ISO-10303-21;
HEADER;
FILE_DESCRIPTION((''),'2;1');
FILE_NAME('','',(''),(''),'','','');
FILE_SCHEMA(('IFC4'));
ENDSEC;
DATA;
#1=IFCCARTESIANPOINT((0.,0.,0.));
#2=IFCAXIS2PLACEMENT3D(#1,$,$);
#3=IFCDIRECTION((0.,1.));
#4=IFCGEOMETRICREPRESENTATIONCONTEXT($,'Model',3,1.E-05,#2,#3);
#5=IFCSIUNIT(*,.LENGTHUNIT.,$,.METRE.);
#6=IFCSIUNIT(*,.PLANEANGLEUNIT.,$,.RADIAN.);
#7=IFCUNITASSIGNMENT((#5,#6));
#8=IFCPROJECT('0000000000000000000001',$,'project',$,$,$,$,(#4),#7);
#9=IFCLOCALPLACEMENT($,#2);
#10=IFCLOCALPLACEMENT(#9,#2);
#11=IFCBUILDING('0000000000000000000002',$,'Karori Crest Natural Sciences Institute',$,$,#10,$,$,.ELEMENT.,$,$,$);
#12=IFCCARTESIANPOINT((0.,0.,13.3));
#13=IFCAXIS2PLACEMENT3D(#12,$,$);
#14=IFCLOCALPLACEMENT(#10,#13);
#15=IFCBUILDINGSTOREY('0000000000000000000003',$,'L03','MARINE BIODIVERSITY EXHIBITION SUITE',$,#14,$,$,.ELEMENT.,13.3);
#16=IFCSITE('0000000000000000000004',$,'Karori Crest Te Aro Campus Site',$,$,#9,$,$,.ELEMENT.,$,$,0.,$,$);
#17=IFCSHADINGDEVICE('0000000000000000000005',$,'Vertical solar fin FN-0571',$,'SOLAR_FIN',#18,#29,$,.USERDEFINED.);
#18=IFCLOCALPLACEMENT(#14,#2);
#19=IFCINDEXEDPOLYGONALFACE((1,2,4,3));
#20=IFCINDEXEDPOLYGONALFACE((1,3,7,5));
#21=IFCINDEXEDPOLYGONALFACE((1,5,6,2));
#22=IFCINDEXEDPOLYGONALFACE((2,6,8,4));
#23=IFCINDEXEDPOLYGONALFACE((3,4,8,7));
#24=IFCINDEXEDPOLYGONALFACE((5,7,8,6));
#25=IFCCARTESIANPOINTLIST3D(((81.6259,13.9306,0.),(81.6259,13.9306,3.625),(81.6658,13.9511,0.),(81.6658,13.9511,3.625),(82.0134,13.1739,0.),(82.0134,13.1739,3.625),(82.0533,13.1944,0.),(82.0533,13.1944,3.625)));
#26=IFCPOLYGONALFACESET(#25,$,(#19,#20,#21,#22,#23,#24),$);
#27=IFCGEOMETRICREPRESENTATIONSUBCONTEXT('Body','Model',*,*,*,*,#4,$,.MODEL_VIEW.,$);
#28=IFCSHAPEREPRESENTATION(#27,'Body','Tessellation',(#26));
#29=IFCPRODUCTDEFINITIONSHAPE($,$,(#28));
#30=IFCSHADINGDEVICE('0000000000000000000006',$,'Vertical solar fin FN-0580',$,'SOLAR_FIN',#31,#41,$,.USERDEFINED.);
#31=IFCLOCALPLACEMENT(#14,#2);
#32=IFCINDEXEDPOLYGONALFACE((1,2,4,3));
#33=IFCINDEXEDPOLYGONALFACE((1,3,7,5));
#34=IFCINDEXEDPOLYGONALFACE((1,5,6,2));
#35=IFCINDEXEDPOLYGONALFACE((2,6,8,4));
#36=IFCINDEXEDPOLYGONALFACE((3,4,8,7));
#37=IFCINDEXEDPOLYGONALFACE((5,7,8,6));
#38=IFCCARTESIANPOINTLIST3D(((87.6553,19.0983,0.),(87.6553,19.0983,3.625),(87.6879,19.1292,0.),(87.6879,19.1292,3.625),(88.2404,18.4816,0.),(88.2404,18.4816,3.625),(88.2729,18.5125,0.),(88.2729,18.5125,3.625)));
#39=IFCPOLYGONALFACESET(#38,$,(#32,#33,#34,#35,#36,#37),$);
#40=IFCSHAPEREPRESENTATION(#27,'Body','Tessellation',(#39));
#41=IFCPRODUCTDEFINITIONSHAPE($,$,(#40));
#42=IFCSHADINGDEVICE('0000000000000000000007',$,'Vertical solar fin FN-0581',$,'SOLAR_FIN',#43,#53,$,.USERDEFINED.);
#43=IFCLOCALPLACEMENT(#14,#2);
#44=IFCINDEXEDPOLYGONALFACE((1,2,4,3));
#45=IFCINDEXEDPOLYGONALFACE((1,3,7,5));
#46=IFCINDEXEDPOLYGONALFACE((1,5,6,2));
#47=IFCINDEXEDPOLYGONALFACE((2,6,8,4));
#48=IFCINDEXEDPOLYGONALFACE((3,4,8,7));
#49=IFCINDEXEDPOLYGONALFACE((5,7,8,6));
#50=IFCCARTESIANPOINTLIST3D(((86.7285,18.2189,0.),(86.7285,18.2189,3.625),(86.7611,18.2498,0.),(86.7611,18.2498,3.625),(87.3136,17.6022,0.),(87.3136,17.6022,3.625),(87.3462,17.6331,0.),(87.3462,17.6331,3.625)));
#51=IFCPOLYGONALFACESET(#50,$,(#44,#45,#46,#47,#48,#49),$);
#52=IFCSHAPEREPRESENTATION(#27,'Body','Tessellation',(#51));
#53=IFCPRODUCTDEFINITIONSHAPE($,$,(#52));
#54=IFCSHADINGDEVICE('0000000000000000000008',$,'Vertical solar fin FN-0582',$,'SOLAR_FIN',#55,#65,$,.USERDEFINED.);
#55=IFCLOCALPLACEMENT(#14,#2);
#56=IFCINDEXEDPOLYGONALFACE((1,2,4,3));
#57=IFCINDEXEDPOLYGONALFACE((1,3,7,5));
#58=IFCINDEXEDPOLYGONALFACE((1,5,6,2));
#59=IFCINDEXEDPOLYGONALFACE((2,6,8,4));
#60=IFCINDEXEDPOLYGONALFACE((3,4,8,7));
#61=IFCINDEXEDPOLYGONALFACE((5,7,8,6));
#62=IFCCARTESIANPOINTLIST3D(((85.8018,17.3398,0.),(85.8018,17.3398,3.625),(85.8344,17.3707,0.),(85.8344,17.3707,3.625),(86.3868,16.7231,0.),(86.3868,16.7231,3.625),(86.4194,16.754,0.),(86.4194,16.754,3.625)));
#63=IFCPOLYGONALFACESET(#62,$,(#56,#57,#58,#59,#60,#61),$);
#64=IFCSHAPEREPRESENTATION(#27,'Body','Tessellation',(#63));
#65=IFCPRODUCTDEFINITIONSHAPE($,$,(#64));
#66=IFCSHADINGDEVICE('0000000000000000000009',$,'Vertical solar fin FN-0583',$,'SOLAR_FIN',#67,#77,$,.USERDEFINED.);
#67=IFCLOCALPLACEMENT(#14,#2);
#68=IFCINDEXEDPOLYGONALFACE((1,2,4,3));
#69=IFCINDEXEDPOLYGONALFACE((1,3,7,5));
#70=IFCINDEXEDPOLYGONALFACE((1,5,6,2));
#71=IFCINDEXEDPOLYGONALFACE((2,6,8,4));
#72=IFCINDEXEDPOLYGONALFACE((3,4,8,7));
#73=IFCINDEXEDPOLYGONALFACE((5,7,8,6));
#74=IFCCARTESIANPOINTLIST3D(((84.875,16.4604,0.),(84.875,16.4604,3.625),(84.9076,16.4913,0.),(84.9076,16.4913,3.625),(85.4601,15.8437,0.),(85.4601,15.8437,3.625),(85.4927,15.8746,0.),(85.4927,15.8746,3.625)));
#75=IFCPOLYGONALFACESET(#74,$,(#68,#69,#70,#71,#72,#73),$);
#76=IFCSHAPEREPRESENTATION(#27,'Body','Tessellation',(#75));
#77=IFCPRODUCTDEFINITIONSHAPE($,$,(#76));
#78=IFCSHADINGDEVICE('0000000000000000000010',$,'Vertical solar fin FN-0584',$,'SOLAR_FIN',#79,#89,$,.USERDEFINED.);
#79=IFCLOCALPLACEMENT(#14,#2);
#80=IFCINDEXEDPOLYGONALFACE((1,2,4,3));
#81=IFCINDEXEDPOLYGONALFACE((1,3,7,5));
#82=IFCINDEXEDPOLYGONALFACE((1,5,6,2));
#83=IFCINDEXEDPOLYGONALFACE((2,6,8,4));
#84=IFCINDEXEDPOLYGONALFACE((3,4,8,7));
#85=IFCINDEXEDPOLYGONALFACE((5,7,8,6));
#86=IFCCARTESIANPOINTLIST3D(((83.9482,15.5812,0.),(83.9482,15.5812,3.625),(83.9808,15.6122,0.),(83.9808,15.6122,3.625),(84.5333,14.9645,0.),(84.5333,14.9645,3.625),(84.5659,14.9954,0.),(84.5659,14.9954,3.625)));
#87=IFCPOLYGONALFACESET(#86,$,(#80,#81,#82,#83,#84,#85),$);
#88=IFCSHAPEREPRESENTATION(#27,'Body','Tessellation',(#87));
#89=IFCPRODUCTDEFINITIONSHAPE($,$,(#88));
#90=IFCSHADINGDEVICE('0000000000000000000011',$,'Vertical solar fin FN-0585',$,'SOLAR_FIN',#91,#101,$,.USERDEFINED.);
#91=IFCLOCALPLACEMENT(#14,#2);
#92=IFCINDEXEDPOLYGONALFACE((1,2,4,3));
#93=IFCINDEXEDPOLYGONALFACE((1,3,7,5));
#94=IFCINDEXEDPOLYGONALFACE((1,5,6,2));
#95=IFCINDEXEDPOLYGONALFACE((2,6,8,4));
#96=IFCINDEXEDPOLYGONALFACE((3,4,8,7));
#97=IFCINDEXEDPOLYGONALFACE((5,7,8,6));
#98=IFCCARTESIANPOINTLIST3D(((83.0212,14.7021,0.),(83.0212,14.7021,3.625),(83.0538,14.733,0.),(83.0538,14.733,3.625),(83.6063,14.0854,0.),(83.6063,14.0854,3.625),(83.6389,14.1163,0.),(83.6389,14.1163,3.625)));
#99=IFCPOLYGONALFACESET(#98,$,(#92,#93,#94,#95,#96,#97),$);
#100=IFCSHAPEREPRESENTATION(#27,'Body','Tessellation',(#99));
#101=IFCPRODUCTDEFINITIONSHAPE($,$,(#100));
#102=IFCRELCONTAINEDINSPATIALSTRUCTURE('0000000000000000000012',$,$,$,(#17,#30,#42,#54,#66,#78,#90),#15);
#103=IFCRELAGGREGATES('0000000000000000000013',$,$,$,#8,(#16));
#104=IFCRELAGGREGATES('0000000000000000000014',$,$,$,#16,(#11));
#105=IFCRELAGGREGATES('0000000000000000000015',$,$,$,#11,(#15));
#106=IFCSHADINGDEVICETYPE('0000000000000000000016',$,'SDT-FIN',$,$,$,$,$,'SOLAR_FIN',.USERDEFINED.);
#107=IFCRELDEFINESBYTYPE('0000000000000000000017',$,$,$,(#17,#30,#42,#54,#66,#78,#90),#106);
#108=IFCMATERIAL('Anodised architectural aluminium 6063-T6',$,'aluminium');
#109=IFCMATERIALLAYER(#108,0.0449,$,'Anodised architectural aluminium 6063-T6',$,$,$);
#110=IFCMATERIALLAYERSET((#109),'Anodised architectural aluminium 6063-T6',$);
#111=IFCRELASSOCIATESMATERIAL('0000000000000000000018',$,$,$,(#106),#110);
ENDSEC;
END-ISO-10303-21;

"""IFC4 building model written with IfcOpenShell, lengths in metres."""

from ifc_helpers import new_model, si_unit, direction, frame, origin, origin_2d, place, context, subcontext, project, spatial, rectangle, extrude, material, layer, layer_set, type_object, element, save


model = new_model("IFC4")

# Units and contexts
model_context = context("Model", 3, precision=1e-05, world=origin(), true_north=direction((0.0, 1.0)))
body_context = subcontext(model_context, "Body", "Model", "MODEL_VIEW")
ifc_project = project(units=[si_unit("LENGTHUNIT", "METRE"), si_unit("PLANEANGLEUNIT", "RADIAN")], contexts=[model_context])

# Site, building, storey
site_placement = place(None, origin())
site = spatial("IfcSite", under=ifc_project, at=site_placement, Name="Karori Crest Te Aro Campus Site", CompositionType="ELEMENT", RefElevation=0.0)
building_placement = place(site_placement, origin())
building = spatial("IfcBuilding", under=site, at=building_placement, Name="Karori Crest Natural Sciences Institute", CompositionType="ELEMENT")
storey_placement = place(building_placement, frame((0.0, 0.0, 13.3)))
storey = spatial("IfcBuildingStorey", under=building, at=storey_placement, Name="L03", Description="MARINE BIODIVERSITY EXHIBITION SUITE", CompositionType="ELEMENT", Elevation=13.3)

# Shared definitions
ifc_material_1 = material(Name="Anodised architectural aluminium 6063-T6", Category="aluminium")

# Shading devices
ifc_layer_1 = layer(ifc_material_1, 0.0449, Name="Anodised architectural aluminium 6063-T6")
ifc_layer_set_1 = layer_set([ifc_layer_1], Name="Anodised architectural aluminium 6063-T6")
shading_device_type = type_object("IfcShadingDeviceType", Name="SDT-FIN", ElementType="SOLAR_FIN", PredefinedType="USERDEFINED", material=ifc_layer_set_1)
for number, where, z_axis, x_axis, name in (
    (1, (81.8396, 13.5625, 0.0), (0.0, 0.0, 1.0), (0.455829, -0.890067, 0.0), "Vertical solar fin FN-0571"),
    (2, (87.9641, 18.8054, 0.0), (0.0, 0.0, 1.0), (0.688251, -0.725473, 0.0), "Vertical solar fin FN-0580"),
    (3, (87.0374, 17.926, 0.0), (0.0, 0.0, 1.0), (0.688251, -0.725473, 0.0), "Vertical solar fin FN-0581"),
    (4, (86.1106, 17.0469, 0.0), (0.0, 0.0, 1.0), (0.688251, -0.725473, 0.0), "Vertical solar fin FN-0582"),
    (5, (85.1838, 16.1675, 0.0), (0.0, 0.0, 1.0), (0.688251, -0.725473, 0.0), "Vertical solar fin FN-0583"),
    (6, (84.2571, 15.2883, 0.0), (0.0, 0.0, 1.0), (0.688251, -0.725473, 0.0), "Vertical solar fin FN-0584"),
    (7, (83.3301, 14.4092, 0.0), (0.0, 0.0, 1.0), (0.688251, -0.725473, 0.0), "Vertical solar fin FN-0585"),
):
    element("IfcShadingDevice", number, at=place(storey_placement, frame(where, z_axis=z_axis, x_axis=x_axis)), inside=storey, type_object=shading_device_type, Name=name, ObjectType="SOLAR_FIN", PredefinedType="USERDEFINED", context=body_context, shape_type="SweptSolid", body=[
        extrude(rectangle(XDim=0.8501, YDim=0.0449, at=origin_2d()), origin(), (0.0, 0.0, 1.0), 3.625),
    ])

save(model, "model.ifc")
